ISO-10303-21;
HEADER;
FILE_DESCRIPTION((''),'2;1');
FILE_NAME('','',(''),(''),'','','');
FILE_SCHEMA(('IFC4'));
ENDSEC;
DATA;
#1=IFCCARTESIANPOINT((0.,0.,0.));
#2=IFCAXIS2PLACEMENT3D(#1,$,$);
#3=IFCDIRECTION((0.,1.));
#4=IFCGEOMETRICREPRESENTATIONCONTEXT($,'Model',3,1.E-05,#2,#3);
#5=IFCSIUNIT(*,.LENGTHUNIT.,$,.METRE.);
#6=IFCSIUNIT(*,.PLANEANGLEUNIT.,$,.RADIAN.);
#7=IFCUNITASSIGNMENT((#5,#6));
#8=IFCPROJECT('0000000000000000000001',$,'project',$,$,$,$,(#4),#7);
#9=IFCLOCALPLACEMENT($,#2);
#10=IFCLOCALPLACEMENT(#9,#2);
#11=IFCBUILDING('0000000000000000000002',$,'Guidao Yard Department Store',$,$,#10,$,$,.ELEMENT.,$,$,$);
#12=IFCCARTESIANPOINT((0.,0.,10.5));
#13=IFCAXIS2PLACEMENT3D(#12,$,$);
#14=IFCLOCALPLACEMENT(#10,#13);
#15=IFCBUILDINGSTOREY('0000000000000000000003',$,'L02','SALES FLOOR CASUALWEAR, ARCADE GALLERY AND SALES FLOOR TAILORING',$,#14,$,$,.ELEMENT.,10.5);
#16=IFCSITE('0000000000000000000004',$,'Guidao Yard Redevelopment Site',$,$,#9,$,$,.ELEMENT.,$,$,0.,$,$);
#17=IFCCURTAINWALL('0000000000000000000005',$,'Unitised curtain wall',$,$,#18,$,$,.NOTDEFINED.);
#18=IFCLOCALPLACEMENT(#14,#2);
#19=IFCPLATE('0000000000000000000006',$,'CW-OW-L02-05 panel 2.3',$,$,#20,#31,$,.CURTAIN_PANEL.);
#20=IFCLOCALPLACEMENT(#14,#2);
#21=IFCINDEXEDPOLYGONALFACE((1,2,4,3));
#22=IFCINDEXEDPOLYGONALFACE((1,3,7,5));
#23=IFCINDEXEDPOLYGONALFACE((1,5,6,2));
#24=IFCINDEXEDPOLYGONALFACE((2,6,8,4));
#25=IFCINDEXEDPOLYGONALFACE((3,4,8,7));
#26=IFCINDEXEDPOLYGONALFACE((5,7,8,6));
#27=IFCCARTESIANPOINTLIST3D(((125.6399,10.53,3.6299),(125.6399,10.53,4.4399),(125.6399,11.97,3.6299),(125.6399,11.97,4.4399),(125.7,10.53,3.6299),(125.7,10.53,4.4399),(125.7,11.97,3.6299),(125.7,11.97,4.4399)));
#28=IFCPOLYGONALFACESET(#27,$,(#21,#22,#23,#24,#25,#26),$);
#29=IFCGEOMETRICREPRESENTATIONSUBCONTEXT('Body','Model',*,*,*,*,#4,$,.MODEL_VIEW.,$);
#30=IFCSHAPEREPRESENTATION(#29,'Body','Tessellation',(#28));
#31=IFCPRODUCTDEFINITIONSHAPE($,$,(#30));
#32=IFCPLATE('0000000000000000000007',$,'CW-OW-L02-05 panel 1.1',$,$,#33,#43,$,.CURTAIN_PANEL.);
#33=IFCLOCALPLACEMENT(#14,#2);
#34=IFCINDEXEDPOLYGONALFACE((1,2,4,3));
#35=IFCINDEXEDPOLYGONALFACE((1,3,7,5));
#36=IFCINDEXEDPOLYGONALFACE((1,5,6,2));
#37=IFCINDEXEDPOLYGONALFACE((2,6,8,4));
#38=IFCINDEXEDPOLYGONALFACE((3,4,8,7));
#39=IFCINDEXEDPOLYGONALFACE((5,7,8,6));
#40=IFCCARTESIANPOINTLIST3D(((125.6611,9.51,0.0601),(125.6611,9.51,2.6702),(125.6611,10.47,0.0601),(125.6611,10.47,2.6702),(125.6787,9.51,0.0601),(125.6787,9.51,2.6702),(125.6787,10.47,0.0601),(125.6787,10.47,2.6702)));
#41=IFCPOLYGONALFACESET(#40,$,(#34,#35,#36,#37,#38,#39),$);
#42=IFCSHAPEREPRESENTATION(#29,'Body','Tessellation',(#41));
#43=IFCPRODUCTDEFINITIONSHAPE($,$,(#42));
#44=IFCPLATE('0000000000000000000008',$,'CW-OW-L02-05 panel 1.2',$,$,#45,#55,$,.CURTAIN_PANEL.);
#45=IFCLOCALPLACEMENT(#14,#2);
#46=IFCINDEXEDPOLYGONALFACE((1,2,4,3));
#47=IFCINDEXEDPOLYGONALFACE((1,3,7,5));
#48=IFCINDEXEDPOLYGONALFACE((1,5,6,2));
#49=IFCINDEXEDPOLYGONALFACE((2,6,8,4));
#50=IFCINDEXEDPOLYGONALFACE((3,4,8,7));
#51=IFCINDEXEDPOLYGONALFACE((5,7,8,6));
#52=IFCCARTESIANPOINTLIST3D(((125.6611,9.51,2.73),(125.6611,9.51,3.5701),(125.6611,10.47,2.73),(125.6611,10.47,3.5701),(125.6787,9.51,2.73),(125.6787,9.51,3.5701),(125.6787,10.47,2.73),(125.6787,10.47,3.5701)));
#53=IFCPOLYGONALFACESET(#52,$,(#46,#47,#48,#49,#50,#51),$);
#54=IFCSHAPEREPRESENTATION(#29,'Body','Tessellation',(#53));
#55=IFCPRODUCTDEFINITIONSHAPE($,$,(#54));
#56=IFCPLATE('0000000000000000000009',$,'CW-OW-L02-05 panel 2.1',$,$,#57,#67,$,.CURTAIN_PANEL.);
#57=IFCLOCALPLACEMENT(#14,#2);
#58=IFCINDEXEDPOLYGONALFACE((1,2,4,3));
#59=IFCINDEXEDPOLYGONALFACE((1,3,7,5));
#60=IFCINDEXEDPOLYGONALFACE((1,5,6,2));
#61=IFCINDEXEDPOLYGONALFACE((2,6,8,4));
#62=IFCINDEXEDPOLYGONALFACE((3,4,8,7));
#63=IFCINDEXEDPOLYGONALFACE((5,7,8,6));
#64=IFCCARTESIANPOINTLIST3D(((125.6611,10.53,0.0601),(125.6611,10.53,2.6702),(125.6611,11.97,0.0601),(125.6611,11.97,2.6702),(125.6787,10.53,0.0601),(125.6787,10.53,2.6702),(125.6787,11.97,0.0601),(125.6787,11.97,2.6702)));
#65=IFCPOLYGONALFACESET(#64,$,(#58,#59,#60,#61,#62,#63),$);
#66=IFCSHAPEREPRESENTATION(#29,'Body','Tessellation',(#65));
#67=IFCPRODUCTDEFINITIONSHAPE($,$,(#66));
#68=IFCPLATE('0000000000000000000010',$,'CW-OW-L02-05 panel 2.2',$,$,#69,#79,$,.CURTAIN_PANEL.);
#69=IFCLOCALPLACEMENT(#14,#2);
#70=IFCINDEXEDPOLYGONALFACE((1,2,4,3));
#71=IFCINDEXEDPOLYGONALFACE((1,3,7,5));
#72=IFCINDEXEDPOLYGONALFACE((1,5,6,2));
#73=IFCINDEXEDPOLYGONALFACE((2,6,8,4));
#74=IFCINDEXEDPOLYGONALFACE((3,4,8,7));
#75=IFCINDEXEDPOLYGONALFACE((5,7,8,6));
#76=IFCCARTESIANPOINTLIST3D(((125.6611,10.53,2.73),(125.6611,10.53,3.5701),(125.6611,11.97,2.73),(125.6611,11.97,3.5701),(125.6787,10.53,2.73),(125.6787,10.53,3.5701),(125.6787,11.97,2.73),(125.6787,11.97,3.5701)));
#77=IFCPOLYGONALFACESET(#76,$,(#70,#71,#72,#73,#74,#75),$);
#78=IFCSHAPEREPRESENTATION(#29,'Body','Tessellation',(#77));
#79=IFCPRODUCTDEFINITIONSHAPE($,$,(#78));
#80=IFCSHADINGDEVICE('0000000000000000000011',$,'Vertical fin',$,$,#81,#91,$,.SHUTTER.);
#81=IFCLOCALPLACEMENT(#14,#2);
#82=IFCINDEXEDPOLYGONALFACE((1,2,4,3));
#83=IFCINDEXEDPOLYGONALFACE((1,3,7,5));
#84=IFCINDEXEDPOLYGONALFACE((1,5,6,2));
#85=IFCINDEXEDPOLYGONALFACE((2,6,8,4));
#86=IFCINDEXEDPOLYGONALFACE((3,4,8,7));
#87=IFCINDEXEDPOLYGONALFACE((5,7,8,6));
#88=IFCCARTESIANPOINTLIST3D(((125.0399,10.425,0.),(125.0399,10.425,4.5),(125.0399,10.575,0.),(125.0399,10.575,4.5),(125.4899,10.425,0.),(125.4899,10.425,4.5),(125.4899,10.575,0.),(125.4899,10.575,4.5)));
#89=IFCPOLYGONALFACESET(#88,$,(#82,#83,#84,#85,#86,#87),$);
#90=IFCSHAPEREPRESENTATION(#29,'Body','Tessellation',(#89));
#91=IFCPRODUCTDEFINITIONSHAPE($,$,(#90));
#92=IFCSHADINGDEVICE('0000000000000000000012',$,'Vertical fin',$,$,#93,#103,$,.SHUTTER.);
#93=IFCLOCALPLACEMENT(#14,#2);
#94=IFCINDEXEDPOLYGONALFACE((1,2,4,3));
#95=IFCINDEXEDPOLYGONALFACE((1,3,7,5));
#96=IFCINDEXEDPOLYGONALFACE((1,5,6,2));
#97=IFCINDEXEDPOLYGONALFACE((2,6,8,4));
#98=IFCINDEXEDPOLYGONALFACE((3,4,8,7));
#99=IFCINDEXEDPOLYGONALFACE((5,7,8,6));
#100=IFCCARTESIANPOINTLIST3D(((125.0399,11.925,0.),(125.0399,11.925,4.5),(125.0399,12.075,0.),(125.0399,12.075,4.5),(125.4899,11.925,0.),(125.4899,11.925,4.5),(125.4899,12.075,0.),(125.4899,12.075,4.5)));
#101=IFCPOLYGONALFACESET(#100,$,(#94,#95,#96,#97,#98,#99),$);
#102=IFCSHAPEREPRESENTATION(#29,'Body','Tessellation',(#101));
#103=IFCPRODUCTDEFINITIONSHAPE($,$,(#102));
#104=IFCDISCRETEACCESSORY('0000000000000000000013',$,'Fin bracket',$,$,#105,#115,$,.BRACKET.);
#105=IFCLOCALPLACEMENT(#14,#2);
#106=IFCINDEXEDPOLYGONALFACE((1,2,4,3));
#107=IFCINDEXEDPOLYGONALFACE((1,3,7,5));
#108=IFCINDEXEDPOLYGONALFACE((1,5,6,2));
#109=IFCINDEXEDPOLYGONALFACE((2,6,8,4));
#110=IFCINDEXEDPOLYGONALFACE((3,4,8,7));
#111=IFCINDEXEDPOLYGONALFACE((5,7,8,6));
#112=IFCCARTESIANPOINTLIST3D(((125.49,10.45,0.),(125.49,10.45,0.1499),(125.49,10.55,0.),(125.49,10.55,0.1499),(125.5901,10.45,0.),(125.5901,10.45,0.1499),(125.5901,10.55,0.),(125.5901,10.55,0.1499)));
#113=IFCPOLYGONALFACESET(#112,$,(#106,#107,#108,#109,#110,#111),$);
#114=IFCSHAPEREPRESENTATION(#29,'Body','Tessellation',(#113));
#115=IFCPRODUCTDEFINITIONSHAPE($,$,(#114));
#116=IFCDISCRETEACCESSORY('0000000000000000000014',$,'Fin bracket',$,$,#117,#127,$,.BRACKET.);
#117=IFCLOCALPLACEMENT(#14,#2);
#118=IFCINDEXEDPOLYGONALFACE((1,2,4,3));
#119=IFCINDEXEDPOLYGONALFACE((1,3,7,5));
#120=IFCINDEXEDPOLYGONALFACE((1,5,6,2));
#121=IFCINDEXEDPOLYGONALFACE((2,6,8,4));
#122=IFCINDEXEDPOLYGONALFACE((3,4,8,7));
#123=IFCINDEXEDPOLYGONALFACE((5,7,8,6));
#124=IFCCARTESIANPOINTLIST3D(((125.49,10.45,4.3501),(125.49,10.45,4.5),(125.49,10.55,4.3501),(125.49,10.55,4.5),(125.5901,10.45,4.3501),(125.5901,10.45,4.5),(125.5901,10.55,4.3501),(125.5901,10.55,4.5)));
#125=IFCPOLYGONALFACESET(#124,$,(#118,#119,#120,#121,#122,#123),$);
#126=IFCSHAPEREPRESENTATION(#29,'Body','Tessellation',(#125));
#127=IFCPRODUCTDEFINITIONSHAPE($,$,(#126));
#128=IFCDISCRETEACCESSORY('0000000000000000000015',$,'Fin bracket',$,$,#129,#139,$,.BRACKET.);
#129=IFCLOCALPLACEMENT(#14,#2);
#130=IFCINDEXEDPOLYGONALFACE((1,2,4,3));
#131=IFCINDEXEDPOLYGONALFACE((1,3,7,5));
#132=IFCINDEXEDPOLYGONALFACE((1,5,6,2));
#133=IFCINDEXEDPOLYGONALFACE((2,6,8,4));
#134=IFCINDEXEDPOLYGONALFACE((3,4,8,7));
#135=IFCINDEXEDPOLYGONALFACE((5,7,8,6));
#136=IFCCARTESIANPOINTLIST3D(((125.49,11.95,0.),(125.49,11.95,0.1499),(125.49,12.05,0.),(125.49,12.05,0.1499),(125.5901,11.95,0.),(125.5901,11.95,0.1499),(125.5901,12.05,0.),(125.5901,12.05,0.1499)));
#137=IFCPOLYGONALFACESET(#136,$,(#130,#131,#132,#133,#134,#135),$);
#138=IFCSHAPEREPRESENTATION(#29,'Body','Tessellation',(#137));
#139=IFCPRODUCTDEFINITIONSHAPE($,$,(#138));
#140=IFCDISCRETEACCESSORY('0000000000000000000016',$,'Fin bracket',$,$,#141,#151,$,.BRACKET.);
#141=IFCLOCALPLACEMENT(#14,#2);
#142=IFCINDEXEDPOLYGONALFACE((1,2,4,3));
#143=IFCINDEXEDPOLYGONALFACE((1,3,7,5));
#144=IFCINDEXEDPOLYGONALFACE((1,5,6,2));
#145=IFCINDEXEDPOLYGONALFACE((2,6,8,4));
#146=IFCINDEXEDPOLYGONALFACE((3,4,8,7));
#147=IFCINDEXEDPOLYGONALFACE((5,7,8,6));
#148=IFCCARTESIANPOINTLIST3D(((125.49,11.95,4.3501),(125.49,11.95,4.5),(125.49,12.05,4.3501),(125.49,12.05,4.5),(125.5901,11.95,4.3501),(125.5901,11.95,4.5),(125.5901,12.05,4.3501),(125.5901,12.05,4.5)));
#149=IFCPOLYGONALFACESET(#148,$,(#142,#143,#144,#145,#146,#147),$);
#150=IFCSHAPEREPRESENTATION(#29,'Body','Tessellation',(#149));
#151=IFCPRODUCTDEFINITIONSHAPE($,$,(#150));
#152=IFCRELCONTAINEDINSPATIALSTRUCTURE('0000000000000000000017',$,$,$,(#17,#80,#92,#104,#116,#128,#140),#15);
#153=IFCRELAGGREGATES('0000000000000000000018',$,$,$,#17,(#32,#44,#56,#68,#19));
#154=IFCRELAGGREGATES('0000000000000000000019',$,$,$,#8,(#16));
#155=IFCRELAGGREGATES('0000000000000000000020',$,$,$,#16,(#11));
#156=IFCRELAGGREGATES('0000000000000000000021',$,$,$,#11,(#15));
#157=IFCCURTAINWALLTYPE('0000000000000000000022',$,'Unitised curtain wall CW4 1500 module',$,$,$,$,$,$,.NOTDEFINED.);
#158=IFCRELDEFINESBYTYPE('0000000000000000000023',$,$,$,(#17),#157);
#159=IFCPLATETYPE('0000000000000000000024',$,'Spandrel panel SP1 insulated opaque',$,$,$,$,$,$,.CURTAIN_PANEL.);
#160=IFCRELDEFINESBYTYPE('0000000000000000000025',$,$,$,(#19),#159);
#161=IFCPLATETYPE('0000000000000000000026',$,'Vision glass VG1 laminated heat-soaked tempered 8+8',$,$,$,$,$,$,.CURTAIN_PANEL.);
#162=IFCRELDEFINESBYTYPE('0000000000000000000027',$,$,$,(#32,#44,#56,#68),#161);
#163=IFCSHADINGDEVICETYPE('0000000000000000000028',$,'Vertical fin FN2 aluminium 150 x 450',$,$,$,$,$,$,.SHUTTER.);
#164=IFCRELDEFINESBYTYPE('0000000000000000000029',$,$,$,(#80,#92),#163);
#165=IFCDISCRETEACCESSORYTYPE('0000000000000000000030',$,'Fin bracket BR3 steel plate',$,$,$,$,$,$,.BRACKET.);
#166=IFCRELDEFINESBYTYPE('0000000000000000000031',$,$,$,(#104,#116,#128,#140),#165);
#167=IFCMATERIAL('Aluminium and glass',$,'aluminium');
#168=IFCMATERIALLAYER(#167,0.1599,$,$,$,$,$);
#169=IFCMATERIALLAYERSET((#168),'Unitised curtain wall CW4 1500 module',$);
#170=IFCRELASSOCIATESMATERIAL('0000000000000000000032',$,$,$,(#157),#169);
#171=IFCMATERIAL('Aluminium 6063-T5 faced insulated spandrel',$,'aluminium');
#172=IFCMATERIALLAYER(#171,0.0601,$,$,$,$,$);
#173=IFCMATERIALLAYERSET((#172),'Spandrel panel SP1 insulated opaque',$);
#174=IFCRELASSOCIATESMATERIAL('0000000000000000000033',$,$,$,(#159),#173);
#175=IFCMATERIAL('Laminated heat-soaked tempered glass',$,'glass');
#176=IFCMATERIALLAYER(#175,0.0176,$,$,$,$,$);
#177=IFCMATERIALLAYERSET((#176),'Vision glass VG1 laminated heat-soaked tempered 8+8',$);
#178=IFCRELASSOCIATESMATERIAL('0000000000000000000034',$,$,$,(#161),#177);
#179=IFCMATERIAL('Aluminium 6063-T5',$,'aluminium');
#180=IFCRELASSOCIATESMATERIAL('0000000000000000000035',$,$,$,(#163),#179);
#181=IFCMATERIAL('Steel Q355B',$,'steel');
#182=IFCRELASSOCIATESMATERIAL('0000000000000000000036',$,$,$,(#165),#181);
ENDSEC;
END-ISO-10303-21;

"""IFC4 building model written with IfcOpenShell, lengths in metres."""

from ifc_helpers import new_model, si_unit, direction, frame, origin, origin_2d, place, context, subcontext, project, spatial, rectangle, extrude, material, layer, layer_set, type_object, element, aggregate, save


model = new_model("IFC4")

# Units and contexts
model_context = context("Model", 3, precision=1e-05, world=origin(), true_north=direction((0.0, 1.0)))
body_context = subcontext(model_context, "Body", "Model", "MODEL_VIEW")
ifc_project = project(units=[si_unit("LENGTHUNIT", "METRE"), si_unit("PLANEANGLEUNIT", "RADIAN")], contexts=[model_context])

# Site, building, storey
site_placement = place(None, origin())
site = spatial("IfcSite", under=ifc_project, at=site_placement, Name="Guidao Yard Redevelopment Site", CompositionType="ELEMENT", RefElevation=0.0)
building_placement = place(site_placement, origin())
building = spatial("IfcBuilding", under=site, at=building_placement, Name="Guidao Yard Department Store", CompositionType="ELEMENT")
storey_placement = place(building_placement, frame((0.0, 0.0, 10.5)))
storey = spatial("IfcBuildingStorey", under=building, at=storey_placement, Name="L02", Description="SALES FLOOR CASUALWEAR, ARCADE GALLERY AND SALES FLOOR TAILORING", CompositionType="ELEMENT", Elevation=10.5)

# Curtain wall, plates
ifc_material_1 = material(Name="Aluminium and glass", Category="aluminium")
ifc_layer_1 = layer(ifc_material_1, 0.1599)
ifc_layer_set_1 = layer_set([ifc_layer_1], Name="Unitised curtain wall CW4 1500 module")
curtain_wall_type = type_object("IfcCurtainWallType", Name="Unitised curtain wall CW4 1500 module", PredefinedType="NOTDEFINED", material=ifc_layer_set_1)
curtain_wall_placement = place(storey_placement, origin())
curtain_wall = element("IfcCurtainWall", 1, at=curtain_wall_placement, inside=storey, type_object=curtain_wall_type, Name="Unitised curtain wall", PredefinedType="NOTDEFINED")
ifc_material_2 = material(Name="Aluminium 6063-T5 faced insulated spandrel", Category="aluminium")
ifc_layer_2 = layer(ifc_material_2, 0.0601)
ifc_layer_set_2 = layer_set([ifc_layer_2], Name="Spandrel panel SP1 insulated opaque")
plate_type_1 = type_object("IfcPlateType", Name="Spandrel panel SP1 insulated opaque", PredefinedType="CURTAIN_PANEL", material=ifc_layer_set_2)
plate_1_placement = place(storey_placement, frame((125.6699, 11.25, 3.6299), z_axis=(0.0, 0.0, 1.0), x_axis=(0.0, 1.0, 0.0)))
plate_1 = element("IfcPlate", 2, at=plate_1_placement, type_object=plate_type_1, Name="CW-OW-L02-05 panel 2.3", PredefinedType="CURTAIN_PANEL", context=body_context, shape_type="SweptSolid", body=[
    extrude(rectangle(XDim=1.4399, YDim=0.0601, at=origin_2d()), origin(), (0.0, 0.0, 1.0), 0.8101),
])
ifc_material_3 = material(Name="Laminated heat-soaked tempered glass", Category="glass")
ifc_layer_3 = layer(ifc_material_3, 0.0176)
ifc_layer_set_3 = layer_set([ifc_layer_3], Name="Vision glass VG1 laminated heat-soaked tempered 8+8")
plate_type_2 = type_object("IfcPlateType", Name="Vision glass VG1 laminated heat-soaked tempered 8+8", PredefinedType="CURTAIN_PANEL", material=ifc_layer_set_3)
plate_2_placement = place(storey_placement, frame((125.6699, 9.99, 0.0601), z_axis=(0.0, 0.0, 1.0), x_axis=(0.0, 1.0, 0.0)))
plate_2 = element("IfcPlate", 3, at=plate_2_placement, type_object=plate_type_2, Name="CW-OW-L02-05 panel 1.1", PredefinedType="CURTAIN_PANEL", context=body_context, shape_type="SweptSolid", body=[
    extrude(rectangle(XDim=0.96, YDim=0.0176, at=origin_2d()), origin(), (0.0, 0.0, 1.0), 2.6101),
])
plate_3_placement = place(storey_placement, frame((125.6699, 9.99, 2.73), z_axis=(0.0, 0.0, 1.0), x_axis=(0.0, 1.0, 0.0)))
plate_3 = element("IfcPlate", 4, at=plate_3_placement, type_object=plate_type_2, Name="CW-OW-L02-05 panel 1.2", PredefinedType="CURTAIN_PANEL", context=body_context, shape_type="SweptSolid", body=[
    extrude(rectangle(XDim=0.96, YDim=0.0176, at=origin_2d()), origin(), (0.0, 0.0, 1.0), 0.8401),
])
plate_4_placement = place(storey_placement, frame((125.6699, 11.25, 0.0601), z_axis=(0.0, 0.0, 1.0), x_axis=(0.0, 1.0, 0.0)))
plate_4 = element("IfcPlate", 5, at=plate_4_placement, type_object=plate_type_2, Name="CW-OW-L02-05 panel 2.1", PredefinedType="CURTAIN_PANEL", context=body_context, shape_type="SweptSolid", body=[
    extrude(rectangle(XDim=1.4399, YDim=0.0176, at=origin_2d()), origin(), (0.0, 0.0, 1.0), 2.6101),
])
plate_5_placement = place(storey_placement, frame((125.6699, 11.25, 2.73), z_axis=(0.0, 0.0, 1.0), x_axis=(0.0, 1.0, 0.0)))
plate_5 = element("IfcPlate", 6, at=plate_5_placement, type_object=plate_type_2, Name="CW-OW-L02-05 panel 2.2", PredefinedType="CURTAIN_PANEL", context=body_context, shape_type="SweptSolid", body=[
    extrude(rectangle(XDim=1.4399, YDim=0.0176, at=origin_2d()), origin(), (0.0, 0.0, 1.0), 0.8401),
])
aggregate(curtain_wall, [plate_2, plate_3, plate_4, plate_5, plate_1])

# Shading devices
ifc_material_4 = material(Name="Aluminium 6063-T5", Category="aluminium")
shading_device_type = type_object("IfcShadingDeviceType", Name="Vertical fin FN2 aluminium 150 x 450", PredefinedType="SHUTTER", material=ifc_material_4)
for number, where, z_axis, x_axis, name in (
    (7, (125.2649, 10.5, 0.0), (0.0, 0.0, 1.0), (0.0, 1.0, 0.0), "Vertical fin"),
    (8, (125.2649, 12.0, 0.0), (0.0, 0.0, 1.0), (0.0, 1.0, 0.0), "Vertical fin"),
):
    element("IfcShadingDevice", number, at=place(storey_placement, frame(where, z_axis=z_axis, x_axis=x_axis)), inside=storey, type_object=shading_device_type, Name=name, PredefinedType="SHUTTER", context=body_context, shape_type="SweptSolid", body=[
        extrude(rectangle(XDim=0.1499, YDim=0.45, at=origin_2d()), origin(), (0.0, 0.0, 1.0), 4.5),
    ])

# Discrete accessories
ifc_material_5 = material(Name="Steel Q355B", Category="steel")
discrete_accessory_type = type_object("IfcDiscreteAccessoryType", Name="Fin bracket BR3 steel plate", PredefinedType="BRACKET", material=ifc_material_5)
for number, where, z_axis, x_axis, name in (
    (9, (125.54, 10.5, 0.0), (0.0, 0.0, 1.0), (0.0, 1.0, 0.0), "Fin bracket"),
    (10, (125.54, 10.5, 4.3501), (0.0, 0.0, 1.0), (0.0, 1.0, 0.0), "Fin bracket"),
    (11, (125.54, 12.0, 0.0), (0.0, 0.0, 1.0), (0.0, 1.0, 0.0), "Fin bracket"),
    (12, (125.54, 12.0, 4.3501), (0.0, 0.0, 1.0), (0.0, 1.0, 0.0), "Fin bracket"),
):
    element("IfcDiscreteAccessory", number, at=place(storey_placement, frame(where, z_axis=z_axis, x_axis=x_axis)), inside=storey, type_object=discrete_accessory_type, Name=name, PredefinedType="BRACKET", context=body_context, shape_type="SweptSolid", body=[
        extrude(rectangle(XDim=0.1001, YDim=0.1001, at=origin_2d()), origin(), (0.0, 0.0, 1.0), 0.1499),
    ])

save(model, "model.ifc")
